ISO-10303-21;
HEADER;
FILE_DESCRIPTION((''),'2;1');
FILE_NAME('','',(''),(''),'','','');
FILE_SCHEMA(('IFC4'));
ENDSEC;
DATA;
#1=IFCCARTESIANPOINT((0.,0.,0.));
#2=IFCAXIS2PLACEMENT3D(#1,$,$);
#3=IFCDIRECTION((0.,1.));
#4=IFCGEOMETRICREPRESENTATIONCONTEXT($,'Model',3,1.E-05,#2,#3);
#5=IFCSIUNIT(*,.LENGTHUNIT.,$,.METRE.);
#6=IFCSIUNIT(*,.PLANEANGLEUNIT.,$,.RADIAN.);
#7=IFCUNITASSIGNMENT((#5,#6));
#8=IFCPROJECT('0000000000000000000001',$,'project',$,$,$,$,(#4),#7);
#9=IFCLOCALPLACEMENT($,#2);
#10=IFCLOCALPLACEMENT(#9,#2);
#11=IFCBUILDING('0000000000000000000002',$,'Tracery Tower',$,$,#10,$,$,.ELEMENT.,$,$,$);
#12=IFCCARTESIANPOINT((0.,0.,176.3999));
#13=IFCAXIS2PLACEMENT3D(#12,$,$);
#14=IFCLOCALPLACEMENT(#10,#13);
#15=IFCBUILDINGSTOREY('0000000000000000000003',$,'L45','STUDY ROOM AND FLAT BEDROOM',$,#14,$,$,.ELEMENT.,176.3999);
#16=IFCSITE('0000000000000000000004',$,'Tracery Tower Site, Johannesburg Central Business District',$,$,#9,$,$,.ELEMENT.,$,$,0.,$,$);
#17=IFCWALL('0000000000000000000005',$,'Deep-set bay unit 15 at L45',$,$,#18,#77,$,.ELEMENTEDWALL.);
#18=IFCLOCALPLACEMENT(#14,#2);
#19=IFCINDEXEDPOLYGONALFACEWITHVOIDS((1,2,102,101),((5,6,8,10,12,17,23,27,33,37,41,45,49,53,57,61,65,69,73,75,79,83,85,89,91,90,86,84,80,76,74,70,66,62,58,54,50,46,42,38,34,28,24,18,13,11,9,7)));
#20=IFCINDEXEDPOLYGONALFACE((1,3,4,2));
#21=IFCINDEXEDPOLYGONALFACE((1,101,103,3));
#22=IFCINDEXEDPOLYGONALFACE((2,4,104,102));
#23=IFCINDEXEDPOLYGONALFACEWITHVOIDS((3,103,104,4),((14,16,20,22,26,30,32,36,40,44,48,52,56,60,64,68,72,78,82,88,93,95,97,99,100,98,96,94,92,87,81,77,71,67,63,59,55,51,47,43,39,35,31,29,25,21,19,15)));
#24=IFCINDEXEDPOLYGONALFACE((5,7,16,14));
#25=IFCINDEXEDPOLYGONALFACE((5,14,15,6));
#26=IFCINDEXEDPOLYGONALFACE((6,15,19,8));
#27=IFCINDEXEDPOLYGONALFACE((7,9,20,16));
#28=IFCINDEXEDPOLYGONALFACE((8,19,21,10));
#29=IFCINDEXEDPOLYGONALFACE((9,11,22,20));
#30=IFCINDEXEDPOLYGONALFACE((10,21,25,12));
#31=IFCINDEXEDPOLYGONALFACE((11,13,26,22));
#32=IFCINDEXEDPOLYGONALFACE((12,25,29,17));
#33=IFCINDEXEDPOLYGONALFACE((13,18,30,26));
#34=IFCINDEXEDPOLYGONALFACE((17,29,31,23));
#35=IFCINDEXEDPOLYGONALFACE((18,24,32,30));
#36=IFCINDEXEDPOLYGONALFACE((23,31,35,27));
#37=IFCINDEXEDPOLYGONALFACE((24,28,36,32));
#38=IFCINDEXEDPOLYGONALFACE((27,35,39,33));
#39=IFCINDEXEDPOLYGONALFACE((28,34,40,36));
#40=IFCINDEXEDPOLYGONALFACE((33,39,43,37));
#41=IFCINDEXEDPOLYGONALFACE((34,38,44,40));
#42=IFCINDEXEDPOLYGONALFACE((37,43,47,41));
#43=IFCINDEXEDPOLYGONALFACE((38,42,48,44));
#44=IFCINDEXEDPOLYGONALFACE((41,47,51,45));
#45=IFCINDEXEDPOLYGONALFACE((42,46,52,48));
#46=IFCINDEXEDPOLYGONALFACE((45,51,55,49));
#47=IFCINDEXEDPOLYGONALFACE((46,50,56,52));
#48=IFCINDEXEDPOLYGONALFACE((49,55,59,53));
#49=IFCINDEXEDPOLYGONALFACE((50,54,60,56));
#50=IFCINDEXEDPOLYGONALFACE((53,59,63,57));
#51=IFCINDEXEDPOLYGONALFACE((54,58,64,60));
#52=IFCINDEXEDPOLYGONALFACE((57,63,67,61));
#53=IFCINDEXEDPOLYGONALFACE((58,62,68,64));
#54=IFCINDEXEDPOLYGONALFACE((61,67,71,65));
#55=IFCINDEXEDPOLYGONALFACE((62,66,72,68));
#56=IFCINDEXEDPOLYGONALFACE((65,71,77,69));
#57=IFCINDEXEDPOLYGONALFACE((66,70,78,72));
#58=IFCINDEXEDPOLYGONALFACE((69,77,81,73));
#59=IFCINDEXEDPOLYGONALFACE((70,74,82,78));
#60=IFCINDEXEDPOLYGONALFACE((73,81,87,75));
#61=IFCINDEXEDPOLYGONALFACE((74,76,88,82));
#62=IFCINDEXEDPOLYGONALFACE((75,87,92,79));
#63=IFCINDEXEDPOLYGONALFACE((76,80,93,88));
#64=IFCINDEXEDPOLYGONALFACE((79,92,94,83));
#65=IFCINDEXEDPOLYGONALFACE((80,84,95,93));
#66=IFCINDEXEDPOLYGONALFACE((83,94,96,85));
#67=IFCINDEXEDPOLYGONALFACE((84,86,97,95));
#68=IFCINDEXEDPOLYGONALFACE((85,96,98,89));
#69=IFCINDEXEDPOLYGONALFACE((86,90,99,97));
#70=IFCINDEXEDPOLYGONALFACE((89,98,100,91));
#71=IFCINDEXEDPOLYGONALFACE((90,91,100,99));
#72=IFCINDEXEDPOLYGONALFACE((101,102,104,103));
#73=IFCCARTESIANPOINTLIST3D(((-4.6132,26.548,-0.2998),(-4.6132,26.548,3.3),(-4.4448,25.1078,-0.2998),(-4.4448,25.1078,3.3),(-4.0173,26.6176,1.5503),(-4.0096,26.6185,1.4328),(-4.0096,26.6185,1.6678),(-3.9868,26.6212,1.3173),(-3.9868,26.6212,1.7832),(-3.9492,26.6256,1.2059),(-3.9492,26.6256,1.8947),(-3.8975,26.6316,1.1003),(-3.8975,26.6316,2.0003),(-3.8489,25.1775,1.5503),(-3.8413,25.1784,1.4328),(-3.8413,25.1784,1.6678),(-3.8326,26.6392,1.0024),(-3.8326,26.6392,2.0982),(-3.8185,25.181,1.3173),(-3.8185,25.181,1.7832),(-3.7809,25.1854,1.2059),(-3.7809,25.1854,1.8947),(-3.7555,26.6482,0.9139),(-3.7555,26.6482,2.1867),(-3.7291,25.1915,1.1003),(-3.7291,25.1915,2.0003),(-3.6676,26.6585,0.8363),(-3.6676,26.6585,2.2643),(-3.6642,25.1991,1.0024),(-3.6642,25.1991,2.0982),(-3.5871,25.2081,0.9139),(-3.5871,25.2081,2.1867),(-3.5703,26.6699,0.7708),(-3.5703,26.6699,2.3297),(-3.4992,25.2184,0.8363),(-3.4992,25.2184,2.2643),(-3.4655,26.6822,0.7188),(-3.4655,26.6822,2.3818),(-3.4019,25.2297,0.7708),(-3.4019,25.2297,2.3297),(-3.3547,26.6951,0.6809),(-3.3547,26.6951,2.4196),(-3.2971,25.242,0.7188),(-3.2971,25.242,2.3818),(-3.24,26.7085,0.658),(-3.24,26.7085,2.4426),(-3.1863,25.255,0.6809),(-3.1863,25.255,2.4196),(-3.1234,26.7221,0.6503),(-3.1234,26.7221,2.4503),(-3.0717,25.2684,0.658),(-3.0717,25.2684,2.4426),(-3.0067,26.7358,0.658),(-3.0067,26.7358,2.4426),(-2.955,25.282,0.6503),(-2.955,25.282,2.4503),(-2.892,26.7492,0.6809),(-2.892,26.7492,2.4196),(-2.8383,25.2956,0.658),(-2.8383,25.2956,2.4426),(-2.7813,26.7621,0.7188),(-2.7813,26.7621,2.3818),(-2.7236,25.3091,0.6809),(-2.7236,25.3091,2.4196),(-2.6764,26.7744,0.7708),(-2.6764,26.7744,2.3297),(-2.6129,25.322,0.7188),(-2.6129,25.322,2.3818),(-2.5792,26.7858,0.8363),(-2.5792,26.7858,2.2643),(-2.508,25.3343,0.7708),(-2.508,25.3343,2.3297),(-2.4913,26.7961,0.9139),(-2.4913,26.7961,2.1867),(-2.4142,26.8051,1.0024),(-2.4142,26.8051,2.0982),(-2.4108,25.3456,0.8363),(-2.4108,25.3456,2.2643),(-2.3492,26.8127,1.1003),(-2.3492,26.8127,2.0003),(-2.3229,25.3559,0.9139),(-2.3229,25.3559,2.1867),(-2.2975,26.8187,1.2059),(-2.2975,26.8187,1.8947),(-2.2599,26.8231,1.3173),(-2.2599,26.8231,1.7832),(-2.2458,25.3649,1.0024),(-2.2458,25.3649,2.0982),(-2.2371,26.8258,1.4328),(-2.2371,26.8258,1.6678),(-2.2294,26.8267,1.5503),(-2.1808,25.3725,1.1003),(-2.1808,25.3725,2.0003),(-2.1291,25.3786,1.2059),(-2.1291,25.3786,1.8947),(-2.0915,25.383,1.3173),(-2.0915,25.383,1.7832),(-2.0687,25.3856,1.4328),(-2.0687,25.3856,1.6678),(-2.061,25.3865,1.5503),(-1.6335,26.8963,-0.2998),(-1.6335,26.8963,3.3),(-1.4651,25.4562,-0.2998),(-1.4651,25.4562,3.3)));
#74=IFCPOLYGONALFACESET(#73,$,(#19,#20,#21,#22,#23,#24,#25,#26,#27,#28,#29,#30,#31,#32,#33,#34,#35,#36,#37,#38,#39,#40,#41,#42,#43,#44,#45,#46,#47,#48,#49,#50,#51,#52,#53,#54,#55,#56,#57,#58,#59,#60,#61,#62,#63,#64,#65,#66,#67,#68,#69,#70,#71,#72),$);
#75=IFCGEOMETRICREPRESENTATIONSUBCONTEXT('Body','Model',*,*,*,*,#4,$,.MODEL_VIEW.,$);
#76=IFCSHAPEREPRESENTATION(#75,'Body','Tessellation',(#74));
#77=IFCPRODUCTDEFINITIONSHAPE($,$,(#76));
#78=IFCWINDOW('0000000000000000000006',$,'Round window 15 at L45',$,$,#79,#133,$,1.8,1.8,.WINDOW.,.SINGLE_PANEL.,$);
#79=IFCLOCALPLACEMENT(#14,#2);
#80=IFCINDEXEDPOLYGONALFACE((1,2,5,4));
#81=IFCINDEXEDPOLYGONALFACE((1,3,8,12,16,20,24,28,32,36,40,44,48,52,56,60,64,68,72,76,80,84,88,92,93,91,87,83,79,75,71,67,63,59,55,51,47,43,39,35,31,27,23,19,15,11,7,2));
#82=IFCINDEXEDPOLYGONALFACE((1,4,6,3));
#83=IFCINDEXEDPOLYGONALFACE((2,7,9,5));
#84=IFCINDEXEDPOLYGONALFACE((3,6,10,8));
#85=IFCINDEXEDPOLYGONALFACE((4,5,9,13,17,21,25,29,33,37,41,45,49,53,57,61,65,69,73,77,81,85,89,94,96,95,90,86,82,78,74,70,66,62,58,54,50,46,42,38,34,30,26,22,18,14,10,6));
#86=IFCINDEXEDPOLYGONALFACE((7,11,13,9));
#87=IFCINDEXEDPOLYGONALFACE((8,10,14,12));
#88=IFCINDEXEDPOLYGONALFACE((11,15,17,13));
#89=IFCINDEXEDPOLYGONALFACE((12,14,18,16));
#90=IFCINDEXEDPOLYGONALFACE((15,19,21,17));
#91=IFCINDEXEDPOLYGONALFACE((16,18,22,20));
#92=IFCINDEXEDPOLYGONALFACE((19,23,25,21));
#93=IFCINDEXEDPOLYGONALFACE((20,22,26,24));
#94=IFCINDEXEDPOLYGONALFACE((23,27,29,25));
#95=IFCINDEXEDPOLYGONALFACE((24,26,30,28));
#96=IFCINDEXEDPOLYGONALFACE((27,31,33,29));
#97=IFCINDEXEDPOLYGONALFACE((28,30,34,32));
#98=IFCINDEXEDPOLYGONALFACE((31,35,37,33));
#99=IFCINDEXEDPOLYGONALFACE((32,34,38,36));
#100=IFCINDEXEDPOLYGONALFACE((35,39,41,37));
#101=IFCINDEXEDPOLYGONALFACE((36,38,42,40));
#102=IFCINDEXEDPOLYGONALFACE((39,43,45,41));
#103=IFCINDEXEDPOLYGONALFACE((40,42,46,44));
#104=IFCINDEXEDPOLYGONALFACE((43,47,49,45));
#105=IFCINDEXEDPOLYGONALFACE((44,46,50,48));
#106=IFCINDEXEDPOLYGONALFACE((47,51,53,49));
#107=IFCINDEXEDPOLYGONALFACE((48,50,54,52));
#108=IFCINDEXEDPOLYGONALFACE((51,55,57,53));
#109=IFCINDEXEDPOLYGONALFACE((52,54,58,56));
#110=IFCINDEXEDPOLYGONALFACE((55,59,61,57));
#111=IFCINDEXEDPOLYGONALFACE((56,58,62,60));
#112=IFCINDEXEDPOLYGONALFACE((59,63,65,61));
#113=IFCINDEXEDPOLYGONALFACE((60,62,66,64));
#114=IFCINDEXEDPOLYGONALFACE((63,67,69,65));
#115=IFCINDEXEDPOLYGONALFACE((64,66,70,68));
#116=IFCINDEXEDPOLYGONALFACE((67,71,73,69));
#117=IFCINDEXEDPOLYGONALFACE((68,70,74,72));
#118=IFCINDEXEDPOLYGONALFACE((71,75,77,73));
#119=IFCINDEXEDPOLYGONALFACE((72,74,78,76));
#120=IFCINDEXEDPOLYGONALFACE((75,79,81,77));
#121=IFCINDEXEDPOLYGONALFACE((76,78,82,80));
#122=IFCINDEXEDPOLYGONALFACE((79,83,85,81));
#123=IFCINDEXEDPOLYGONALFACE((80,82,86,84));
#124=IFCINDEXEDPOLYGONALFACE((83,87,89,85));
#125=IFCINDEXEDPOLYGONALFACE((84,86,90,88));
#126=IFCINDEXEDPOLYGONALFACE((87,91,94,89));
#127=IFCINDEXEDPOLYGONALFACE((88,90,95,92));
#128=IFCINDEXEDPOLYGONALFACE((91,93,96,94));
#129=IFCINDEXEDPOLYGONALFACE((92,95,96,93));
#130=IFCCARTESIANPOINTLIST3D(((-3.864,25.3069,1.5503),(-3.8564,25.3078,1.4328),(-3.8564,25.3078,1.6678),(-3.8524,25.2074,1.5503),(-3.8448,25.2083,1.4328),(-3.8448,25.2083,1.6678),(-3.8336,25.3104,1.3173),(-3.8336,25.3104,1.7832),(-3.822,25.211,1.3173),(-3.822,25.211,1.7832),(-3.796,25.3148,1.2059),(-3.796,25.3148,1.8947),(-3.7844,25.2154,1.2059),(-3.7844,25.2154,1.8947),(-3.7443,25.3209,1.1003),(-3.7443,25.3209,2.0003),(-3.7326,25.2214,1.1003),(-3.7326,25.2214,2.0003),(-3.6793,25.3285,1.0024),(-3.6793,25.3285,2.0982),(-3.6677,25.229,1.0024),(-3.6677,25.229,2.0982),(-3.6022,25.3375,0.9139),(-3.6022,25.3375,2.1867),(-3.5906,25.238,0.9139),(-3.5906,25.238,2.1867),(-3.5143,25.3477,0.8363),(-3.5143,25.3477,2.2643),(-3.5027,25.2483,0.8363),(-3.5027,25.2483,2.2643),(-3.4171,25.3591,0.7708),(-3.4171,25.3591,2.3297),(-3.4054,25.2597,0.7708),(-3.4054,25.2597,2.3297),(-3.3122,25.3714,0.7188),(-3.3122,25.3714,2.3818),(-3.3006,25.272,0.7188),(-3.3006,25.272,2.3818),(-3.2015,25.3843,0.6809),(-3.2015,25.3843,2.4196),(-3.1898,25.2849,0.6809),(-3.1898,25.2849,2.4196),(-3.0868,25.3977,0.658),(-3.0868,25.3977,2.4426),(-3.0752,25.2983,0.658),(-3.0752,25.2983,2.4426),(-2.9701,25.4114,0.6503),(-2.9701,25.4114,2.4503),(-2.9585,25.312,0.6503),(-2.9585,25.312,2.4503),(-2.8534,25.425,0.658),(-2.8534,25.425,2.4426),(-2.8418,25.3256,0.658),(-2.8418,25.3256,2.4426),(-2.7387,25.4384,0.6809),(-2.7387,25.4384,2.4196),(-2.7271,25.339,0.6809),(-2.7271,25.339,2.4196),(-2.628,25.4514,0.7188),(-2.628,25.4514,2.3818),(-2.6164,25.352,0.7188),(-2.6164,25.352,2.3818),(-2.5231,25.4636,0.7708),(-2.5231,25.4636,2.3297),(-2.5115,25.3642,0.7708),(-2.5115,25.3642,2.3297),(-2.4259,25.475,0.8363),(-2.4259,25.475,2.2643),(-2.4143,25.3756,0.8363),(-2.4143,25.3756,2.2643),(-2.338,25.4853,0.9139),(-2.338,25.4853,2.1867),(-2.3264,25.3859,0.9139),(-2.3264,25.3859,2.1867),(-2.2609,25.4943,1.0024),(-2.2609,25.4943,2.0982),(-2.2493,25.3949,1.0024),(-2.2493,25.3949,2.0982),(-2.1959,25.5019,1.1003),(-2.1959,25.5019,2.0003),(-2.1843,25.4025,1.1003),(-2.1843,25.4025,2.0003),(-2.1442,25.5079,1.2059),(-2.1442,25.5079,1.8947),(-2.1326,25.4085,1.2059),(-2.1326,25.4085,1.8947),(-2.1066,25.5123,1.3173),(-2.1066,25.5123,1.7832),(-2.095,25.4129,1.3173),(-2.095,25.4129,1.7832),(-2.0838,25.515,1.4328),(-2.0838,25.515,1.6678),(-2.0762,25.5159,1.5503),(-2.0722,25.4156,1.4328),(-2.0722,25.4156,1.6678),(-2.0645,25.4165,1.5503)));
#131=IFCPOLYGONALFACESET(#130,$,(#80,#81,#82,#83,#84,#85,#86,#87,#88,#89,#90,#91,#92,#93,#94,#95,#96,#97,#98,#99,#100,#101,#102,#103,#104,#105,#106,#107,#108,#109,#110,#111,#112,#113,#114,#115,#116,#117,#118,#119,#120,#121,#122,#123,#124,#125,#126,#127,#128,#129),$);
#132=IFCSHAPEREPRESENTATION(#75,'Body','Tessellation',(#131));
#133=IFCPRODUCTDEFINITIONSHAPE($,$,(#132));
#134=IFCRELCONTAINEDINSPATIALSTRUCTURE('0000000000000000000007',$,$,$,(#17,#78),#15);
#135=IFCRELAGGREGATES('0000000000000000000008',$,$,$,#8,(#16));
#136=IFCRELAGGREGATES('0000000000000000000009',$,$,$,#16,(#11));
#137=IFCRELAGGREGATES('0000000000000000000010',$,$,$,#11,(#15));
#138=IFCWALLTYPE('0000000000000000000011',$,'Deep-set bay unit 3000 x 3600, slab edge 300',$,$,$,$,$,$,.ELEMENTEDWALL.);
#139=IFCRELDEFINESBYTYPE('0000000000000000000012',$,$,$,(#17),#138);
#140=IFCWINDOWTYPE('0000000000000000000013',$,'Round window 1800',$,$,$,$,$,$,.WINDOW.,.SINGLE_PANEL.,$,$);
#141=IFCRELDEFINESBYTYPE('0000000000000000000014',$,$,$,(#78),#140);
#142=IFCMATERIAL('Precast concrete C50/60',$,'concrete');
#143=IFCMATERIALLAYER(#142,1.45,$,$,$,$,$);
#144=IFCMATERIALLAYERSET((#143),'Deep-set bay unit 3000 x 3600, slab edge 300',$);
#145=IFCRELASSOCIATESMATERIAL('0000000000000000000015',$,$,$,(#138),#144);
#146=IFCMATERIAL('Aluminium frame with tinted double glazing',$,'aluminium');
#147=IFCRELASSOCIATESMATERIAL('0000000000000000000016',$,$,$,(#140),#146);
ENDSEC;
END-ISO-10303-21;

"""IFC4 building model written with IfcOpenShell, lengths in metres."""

from ifc_helpers import new_model, si_unit, direction, frame, frame_2d, origin, origin_2d, place, context, subcontext, project, spatial, rectangle, circle, extrude, material, layer, layer_set, type_object, element, fill, save


model = new_model("IFC4")

# Units and contexts
model_context = context("Model", 3, precision=1e-05, world=origin(), true_north=direction((0.0, 1.0)))
body_context = subcontext(model_context, "Body", "Model", "MODEL_VIEW")
ifc_project = project(units=[si_unit("LENGTHUNIT", "METRE"), si_unit("PLANEANGLEUNIT", "RADIAN")], contexts=[model_context])

# Site, building, storey
site_placement = place(None, origin())
site = spatial("IfcSite", under=ifc_project, at=site_placement, Name="Tracery Tower Site, Johannesburg Central Business District", CompositionType="ELEMENT", RefElevation=0.0)
building_placement = place(site_placement, origin())
building = spatial("IfcBuilding", under=site, at=building_placement, Name="Tracery Tower", CompositionType="ELEMENT")
storey_placement = place(building_placement, frame((0.0, 0.0, 176.3999)))
storey = spatial("IfcBuildingStorey", under=building, at=storey_placement, Name="L45", Description="STUDY ROOM AND FLAT BEDROOM", CompositionType="ELEMENT", Elevation=176.3999)

# Wall, opening, window
ifc_material_1 = material(Name="Precast concrete C50/60", Category="concrete")
ifc_layer_1 = layer(ifc_material_1, 1.45)
ifc_layer_set_1 = layer_set([ifc_layer_1], Name="Deep-set bay unit 3000 x 3600, slab edge 300")
wall_type_1 = type_object("IfcWallType", Name="Deep-set bay unit 3000 x 3600, slab edge 300", PredefinedType="ELEMENTEDWALL", material=ifc_layer_set_1)
ifc_material_2 = material(Name="Aluminium frame with tinted double glazing", Category="aluminium")
window_type = type_object("IfcWindowType", Name="Round window 1800", PartitioningType="SINGLE_PANEL", PredefinedType="WINDOW", material=ifc_material_2)
wall_1_placement = place(storey_placement, frame((-1.5493, 26.1763, -0.2998), z_axis=(0.0, 0.0, 1.0), x_axis=(-0.993234, -0.116128, 0.0)))
wall_1 = element("IfcWall", 1, at=wall_1_placement, inside=storey, type_object=wall_type_1, Name="Deep-set bay unit 15 at L45", PredefinedType="ELEMENTEDWALL", context=body_context, shape_type="SweptSolid", body=[
    extrude(rectangle(XDim=3.0, YDim=1.45, at=frame_2d((1.5, 0.0))), origin(), (0.0, 0.0, 1.0), 3.5999),
])
opening_1_placement = place(wall_1_placement, frame((1.5, 0.0, 1.8501)))
opening_1 = element("IfcOpeningElement", 2, at=opening_1_placement, cuts=wall_1, PredefinedType="OPENING", context=body_context, shape_type="SweptSolid", body=[
    extrude(circle(Radius=0.9, at=origin_2d()), frame((0.0, 0.7349, 0.0), z_axis=(0.0, -1.0, 0.0), x_axis=(1.0, 0.0, 0.0)), (0.0, 0.0, 1.0), 1.47),
])
window_1_placement = place(opening_1_placement, origin())
window_1 = element("IfcWindow", 3, at=window_1_placement, inside=storey, type_object=window_type, Name="Round window 15 at L45", OverallHeight=1.8, OverallWidth=1.8, PartitioningType="SINGLE_PANEL", PredefinedType="WINDOW", context=body_context, shape_type="SweptSolid", body=[
    extrude(circle(Radius=0.9, at=origin_2d()), frame((0.0, 0.6948, 0.0), z_axis=(0.0, -1.0, 0.0), x_axis=(1.0, 0.0, 0.0)), (0.0, 0.0, 1.0), 0.1001),
])
fill(opening_1, window_1)

save(model, "model.ifc")
